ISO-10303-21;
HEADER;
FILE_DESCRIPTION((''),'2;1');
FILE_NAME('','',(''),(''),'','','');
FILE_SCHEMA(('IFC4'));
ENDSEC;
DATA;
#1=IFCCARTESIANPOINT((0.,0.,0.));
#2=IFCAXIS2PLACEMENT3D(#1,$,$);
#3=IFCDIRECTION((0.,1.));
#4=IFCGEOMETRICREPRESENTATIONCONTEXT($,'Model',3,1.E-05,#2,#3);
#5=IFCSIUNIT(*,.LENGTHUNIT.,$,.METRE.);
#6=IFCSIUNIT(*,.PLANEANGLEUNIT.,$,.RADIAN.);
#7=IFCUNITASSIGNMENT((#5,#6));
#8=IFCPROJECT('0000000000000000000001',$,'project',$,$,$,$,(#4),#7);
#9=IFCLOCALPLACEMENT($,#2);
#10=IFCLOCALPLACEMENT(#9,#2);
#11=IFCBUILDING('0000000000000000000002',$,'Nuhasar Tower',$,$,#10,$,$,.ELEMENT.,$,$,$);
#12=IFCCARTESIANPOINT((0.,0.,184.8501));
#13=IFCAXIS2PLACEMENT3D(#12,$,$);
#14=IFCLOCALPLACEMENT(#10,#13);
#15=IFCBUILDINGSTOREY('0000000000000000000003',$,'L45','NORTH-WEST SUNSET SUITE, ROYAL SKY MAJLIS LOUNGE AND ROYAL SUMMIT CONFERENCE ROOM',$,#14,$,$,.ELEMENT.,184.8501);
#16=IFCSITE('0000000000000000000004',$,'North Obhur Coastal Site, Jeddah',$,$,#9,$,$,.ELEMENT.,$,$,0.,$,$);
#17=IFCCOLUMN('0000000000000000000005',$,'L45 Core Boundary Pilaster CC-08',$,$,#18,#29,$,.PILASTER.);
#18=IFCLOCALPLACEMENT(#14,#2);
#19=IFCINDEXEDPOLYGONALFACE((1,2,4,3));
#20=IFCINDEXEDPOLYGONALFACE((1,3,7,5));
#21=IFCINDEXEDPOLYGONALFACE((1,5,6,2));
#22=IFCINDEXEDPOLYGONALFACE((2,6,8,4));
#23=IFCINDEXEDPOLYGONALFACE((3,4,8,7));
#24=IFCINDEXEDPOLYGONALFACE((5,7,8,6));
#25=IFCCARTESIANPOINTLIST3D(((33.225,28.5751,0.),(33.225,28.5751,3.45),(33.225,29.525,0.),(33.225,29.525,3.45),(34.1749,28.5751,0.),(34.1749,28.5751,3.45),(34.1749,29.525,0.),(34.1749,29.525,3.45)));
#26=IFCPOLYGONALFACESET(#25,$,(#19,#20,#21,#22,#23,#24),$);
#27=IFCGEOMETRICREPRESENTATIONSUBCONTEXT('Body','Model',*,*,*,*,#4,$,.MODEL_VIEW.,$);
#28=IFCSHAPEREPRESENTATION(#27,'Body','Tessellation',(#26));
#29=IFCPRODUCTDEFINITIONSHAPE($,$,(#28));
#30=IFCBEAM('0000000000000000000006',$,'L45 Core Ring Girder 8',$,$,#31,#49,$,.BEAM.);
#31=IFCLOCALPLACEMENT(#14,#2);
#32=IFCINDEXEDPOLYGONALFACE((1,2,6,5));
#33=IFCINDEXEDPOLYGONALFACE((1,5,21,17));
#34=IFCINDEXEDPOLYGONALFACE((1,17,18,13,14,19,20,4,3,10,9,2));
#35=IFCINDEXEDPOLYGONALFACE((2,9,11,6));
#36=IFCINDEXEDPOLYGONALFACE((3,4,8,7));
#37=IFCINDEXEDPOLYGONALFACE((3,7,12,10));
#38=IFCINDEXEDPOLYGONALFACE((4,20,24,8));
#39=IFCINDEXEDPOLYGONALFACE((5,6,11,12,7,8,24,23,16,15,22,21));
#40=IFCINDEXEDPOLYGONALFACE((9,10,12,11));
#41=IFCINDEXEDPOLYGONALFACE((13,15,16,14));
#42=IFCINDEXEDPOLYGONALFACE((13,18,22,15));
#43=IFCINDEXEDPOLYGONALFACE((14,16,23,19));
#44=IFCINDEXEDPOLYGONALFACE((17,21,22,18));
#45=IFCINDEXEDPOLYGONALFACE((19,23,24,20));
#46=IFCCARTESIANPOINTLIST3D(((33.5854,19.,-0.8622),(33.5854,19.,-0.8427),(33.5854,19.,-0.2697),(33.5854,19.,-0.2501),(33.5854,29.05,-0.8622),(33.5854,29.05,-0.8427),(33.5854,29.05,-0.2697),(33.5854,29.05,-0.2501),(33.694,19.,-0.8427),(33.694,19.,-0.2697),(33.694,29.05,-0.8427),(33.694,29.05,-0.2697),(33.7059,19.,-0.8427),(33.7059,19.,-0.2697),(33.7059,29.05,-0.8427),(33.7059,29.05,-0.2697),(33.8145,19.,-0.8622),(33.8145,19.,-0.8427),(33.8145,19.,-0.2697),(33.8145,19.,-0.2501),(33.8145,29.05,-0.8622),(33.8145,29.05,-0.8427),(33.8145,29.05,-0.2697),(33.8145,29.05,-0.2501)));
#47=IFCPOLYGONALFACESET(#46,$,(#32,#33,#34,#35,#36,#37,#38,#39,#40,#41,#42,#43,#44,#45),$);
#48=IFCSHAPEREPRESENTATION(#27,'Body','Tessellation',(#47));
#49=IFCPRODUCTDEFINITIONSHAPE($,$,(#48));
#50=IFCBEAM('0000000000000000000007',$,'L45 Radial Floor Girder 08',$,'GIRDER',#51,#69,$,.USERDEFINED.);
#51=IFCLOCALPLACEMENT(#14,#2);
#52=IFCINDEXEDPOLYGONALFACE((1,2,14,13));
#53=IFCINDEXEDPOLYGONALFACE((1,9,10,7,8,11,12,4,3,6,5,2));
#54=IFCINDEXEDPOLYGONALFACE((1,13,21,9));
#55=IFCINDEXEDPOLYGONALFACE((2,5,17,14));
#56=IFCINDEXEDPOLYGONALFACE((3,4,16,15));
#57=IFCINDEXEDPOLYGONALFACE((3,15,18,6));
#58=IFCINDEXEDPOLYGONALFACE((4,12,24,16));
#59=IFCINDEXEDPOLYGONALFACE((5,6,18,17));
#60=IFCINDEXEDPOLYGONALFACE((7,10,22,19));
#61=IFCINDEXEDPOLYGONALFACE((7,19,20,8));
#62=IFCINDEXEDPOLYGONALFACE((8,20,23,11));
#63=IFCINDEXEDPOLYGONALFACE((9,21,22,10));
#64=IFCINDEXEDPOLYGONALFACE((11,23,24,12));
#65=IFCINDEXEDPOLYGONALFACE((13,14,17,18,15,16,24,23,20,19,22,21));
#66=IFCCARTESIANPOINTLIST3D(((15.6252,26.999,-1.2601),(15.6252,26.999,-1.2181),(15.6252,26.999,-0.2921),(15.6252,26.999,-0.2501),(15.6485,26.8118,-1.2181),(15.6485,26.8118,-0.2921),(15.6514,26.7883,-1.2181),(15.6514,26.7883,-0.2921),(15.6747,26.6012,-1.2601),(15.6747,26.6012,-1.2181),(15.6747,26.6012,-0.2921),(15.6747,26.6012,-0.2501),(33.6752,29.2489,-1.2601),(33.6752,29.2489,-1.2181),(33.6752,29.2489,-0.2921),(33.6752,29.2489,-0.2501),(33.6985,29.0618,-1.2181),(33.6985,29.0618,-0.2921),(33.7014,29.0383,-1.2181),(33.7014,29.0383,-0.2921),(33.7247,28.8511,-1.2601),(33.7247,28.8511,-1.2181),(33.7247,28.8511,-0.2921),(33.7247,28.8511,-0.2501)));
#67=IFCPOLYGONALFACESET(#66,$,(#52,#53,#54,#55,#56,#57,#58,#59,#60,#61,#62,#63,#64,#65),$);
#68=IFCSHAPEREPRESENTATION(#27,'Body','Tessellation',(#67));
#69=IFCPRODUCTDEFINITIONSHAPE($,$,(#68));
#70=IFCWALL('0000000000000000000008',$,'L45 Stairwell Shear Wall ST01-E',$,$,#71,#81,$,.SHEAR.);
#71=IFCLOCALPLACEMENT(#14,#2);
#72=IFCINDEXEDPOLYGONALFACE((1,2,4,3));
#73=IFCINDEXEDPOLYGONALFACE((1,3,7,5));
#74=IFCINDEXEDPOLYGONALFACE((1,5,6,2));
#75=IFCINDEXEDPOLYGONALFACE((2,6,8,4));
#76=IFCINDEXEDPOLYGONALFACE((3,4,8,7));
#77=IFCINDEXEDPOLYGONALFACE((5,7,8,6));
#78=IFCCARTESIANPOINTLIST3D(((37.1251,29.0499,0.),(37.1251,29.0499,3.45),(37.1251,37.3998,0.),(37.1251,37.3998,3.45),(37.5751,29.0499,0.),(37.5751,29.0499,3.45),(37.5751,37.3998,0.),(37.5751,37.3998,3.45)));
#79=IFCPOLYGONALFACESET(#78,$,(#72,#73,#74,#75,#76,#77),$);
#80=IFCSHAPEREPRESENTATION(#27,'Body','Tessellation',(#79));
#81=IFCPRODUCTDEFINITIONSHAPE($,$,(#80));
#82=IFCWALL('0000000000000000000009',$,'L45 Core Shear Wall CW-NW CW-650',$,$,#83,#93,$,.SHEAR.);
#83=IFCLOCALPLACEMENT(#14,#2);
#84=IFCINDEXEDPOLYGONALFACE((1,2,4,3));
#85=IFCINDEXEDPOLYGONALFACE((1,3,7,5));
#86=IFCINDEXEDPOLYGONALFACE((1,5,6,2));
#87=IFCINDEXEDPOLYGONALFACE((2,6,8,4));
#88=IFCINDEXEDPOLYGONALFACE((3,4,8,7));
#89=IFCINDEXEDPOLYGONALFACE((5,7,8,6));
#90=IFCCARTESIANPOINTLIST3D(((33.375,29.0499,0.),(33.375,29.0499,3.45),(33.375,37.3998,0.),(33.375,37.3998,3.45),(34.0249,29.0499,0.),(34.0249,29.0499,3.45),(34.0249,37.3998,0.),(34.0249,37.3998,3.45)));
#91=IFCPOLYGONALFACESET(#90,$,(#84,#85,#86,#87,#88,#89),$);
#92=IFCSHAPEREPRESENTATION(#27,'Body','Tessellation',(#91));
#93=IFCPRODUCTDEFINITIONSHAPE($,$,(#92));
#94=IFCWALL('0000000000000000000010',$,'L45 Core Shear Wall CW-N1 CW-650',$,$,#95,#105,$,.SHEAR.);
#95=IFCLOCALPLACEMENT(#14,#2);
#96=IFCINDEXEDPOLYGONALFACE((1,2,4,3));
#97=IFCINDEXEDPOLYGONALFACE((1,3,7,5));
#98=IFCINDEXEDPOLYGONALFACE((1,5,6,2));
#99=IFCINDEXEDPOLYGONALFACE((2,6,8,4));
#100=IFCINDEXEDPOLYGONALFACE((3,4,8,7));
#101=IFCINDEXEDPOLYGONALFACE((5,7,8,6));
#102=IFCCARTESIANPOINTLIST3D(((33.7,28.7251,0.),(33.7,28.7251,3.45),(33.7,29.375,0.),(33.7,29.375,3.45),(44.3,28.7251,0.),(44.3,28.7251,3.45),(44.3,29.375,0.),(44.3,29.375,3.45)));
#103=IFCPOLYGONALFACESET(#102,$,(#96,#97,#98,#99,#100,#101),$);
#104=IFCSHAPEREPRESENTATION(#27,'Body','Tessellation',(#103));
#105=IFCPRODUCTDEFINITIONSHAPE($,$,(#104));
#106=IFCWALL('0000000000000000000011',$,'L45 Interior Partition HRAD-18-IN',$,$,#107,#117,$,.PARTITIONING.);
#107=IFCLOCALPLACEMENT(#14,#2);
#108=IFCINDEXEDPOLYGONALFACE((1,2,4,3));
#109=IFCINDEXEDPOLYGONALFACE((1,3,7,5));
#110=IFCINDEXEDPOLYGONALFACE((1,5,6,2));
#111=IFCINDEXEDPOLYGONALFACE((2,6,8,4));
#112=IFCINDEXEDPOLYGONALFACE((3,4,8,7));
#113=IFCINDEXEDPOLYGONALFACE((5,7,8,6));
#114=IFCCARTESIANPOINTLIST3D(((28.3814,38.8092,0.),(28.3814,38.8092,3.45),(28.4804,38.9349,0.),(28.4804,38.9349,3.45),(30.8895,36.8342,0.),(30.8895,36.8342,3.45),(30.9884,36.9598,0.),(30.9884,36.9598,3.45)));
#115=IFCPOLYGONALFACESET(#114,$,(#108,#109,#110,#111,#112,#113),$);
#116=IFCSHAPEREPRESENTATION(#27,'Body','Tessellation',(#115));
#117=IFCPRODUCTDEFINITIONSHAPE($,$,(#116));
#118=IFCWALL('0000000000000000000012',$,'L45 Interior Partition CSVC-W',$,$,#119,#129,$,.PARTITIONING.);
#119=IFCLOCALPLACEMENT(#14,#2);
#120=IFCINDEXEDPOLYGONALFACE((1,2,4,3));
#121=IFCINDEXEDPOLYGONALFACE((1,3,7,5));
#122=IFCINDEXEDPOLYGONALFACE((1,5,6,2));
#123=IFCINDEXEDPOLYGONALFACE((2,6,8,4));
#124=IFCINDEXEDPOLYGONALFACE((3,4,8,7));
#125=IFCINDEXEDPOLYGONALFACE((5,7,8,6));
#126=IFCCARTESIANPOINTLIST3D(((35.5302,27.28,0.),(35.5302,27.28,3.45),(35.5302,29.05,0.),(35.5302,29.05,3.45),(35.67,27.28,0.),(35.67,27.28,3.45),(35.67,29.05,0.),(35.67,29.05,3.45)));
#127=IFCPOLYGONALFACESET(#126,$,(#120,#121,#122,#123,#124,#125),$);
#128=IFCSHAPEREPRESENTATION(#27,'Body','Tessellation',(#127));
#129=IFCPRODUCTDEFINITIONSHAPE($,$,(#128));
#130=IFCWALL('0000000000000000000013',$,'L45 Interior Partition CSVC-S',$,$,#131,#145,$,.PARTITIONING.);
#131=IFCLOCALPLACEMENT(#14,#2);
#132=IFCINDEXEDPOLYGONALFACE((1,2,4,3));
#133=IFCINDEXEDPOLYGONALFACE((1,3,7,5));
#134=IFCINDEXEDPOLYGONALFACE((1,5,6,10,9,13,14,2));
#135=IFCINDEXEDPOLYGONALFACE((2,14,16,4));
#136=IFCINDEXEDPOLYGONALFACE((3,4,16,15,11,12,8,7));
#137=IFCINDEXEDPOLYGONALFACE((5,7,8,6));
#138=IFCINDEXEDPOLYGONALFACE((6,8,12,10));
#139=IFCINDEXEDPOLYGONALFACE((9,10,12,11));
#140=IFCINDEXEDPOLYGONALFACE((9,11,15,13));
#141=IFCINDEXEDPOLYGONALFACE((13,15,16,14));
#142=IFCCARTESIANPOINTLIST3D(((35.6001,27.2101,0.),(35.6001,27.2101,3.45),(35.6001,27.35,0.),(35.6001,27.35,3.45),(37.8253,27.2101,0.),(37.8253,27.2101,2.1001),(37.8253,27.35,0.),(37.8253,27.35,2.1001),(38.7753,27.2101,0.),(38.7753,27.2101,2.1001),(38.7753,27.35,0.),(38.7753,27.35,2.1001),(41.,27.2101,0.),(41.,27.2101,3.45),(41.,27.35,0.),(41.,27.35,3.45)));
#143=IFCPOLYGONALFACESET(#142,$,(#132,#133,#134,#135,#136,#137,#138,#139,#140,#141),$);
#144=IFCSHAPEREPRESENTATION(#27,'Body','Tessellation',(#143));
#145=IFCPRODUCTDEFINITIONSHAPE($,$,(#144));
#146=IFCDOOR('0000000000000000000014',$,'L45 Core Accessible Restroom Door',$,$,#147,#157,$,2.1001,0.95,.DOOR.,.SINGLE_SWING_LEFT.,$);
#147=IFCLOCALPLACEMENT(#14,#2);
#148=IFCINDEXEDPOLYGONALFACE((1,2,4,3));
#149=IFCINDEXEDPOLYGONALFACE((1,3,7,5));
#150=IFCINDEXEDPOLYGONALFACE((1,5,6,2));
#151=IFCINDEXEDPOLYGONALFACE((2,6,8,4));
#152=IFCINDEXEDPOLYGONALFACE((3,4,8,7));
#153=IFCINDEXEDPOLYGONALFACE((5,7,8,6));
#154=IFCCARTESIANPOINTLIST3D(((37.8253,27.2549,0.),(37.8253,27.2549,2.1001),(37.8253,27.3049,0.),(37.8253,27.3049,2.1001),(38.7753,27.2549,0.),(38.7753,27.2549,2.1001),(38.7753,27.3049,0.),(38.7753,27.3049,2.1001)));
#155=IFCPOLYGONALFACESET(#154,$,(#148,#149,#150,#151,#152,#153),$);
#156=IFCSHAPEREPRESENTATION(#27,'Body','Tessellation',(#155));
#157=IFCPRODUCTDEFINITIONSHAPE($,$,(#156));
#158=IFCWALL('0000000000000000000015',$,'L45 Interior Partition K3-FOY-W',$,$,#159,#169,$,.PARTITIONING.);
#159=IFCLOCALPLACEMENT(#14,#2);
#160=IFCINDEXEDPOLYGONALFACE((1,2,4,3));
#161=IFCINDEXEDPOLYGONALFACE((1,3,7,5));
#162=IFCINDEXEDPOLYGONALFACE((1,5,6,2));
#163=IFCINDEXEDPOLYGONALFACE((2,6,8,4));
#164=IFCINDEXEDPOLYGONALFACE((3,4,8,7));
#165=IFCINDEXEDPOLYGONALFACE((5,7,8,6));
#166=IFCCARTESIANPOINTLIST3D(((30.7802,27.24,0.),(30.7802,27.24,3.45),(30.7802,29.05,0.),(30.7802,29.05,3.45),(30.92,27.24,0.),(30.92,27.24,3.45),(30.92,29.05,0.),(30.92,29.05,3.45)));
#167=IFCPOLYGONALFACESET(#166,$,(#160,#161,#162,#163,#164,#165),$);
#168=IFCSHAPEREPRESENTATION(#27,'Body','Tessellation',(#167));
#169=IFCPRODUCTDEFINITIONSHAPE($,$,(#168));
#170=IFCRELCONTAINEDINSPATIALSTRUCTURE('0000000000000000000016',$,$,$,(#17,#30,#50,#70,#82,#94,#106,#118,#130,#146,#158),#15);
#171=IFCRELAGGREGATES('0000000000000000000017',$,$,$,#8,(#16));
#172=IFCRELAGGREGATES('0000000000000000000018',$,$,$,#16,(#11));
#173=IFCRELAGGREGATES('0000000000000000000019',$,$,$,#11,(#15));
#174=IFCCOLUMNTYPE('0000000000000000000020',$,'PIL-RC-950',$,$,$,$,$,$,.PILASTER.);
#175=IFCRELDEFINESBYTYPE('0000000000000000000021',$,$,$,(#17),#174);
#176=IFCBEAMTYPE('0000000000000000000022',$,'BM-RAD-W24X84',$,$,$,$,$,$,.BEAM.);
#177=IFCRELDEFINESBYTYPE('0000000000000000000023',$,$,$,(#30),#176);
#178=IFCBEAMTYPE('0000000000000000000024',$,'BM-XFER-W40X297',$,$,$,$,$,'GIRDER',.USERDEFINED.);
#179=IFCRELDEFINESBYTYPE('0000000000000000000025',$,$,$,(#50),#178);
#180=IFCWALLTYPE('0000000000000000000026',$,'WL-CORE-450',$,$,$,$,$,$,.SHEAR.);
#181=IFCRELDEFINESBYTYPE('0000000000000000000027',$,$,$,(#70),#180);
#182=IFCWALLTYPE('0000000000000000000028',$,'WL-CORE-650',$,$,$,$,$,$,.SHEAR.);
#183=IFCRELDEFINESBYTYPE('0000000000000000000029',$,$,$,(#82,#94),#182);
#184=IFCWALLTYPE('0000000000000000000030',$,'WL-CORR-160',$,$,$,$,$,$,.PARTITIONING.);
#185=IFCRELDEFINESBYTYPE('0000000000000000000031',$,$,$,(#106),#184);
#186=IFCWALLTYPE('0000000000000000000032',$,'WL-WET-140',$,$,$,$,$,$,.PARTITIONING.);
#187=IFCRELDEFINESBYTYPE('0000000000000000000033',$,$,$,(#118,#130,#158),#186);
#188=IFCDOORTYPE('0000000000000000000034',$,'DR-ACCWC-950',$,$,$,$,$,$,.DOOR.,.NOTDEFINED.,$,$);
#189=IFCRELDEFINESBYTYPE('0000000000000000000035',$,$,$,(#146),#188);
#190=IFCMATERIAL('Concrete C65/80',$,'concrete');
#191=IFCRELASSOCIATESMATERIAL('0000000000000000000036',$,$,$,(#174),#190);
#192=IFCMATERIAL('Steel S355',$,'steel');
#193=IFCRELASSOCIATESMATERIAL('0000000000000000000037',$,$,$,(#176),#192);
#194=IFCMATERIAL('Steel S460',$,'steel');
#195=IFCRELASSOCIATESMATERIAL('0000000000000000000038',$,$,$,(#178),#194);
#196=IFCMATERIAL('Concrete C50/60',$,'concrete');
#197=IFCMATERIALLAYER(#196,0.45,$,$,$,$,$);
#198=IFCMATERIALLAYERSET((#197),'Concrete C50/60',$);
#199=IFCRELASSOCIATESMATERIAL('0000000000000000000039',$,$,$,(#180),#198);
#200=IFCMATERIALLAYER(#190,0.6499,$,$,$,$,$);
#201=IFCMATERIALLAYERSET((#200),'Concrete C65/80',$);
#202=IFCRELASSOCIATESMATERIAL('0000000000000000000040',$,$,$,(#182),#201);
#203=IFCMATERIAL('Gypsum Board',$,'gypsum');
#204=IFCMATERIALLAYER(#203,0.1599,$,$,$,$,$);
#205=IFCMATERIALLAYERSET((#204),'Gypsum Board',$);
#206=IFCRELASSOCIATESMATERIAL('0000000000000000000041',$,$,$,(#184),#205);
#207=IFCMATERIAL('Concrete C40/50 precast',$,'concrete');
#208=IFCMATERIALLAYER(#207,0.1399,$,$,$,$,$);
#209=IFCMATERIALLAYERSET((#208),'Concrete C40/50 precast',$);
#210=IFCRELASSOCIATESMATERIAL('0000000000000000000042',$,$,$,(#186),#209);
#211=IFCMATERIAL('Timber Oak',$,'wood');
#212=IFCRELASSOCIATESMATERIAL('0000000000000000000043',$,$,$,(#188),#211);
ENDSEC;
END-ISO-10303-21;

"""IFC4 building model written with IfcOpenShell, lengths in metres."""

from ifc_helpers import new_model, si_unit, direction, frame, frame_2d, origin, origin_2d, place, context, subcontext, project, spatial, rectangle, i_section, extrude, material, layer, layer_set, material_profile, profile_set, type_object, element, fill, save


model = new_model("IFC4")

# Units and contexts
model_context = context("Model", 3, precision=1e-05, world=origin(), true_north=direction((0.0, 1.0)))
body_context = subcontext(model_context, "Body", "Model", "MODEL_VIEW")
ifc_project = project(units=[si_unit("LENGTHUNIT", "METRE"), si_unit("PLANEANGLEUNIT", "RADIAN")], contexts=[model_context])

# Site, building, storey
site_placement = place(None, origin())
site = spatial("IfcSite", under=ifc_project, at=site_placement, Name="North Obhur Coastal Site, Jeddah", CompositionType="ELEMENT", RefElevation=0.0)
building_placement = place(site_placement, origin())
building = spatial("IfcBuilding", under=site, at=building_placement, Name="Nuhasar Tower", CompositionType="ELEMENT")
storey_placement = place(building_placement, frame((0.0, 0.0, 184.8501)))
storey = spatial("IfcBuildingStorey", under=building, at=storey_placement, Name="L45", Description="NORTH-WEST SUNSET SUITE, ROYAL SKY MAJLIS LOUNGE AND ROYAL SUMMIT CONFERENCE ROOM", CompositionType="ELEMENT", Elevation=184.8501)

# Column
ifc_material_1 = material(Name="Concrete C65/80", Category="concrete")
ifc_material_profile_1 = material_profile(ifc_material_1, rectangle(XDim=0.95, YDim=0.95, at=origin_2d()), Name="RC950X950")
ifc_profile_set_1 = profile_set([ifc_material_profile_1], Name="Concrete C65/80")
column_type = type_object("IfcColumnType", Name="PIL-RC-950", PredefinedType="PILASTER", material=ifc_profile_set_1)
column_placement = place(storey_placement, frame((33.7, 29.05, 0.0), z_axis=(0.0, 0.0, 1.0), x_axis=(1.0, 0.0, 0.0)))
element("IfcColumn", 1, at=column_placement, inside=storey, type_object=column_type, Name="L45 Core Boundary Pilaster CC-08", PredefinedType="PILASTER", context=body_context, shape_type="SweptSolid", body=[
    extrude(rectangle(XDim=0.95, YDim=0.95, at=origin_2d()), origin(), (0.0, 0.0, 1.0), 3.45),
])

# Beams
ifc_material_2 = material(Name="Steel S355", Category="steel")
ifc_material_profile_2 = material_profile(ifc_material_2, i_section(OverallWidth=0.229, OverallDepth=0.6121, WebThickness=0.012, FlangeThickness=0.0195, at=origin_2d()), Name="W24X84")
ifc_profile_set_2 = profile_set([ifc_material_profile_2], Name="Steel S355")
beam_type_1 = type_object("IfcBeamType", Name="BM-RAD-W24X84", PredefinedType="BEAM", material=ifc_profile_set_2)
beam_1_placement = place(storey_placement, frame((33.7, 29.05, -0.5562), z_axis=(0.0, -1.0, 0.0), x_axis=(1.0, 0.0, 0.0)))
element("IfcBeam", 2, at=beam_1_placement, inside=storey, type_object=beam_type_1, Name="L45 Core Ring Girder 8", PredefinedType="BEAM", context=body_context, shape_type="SweptSolid", body=[
    extrude(i_section(OverallWidth=0.229, OverallDepth=0.6121, WebThickness=0.012, FlangeThickness=0.0195, at=origin_2d()), origin(), (0.0, 0.0, 1.0), 10.05),
])
ifc_material_3 = material(Name="Steel S460", Category="steel")
ifc_material_profile_3 = material_profile(ifc_material_3, i_section(OverallWidth=0.4009, OverallDepth=1.01, WebThickness=0.0237, FlangeThickness=0.042, at=origin_2d()), Name="W40X297")
ifc_profile_set_3 = profile_set([ifc_material_profile_3], Name="Steel S460")
beam_type_2 = type_object("IfcBeamType", Name="BM-XFER-W40X297", ElementType="GIRDER", PredefinedType="USERDEFINED", material=ifc_profile_set_3)
beam_2_placement = place(storey_placement, frame((33.7, 29.05, -0.7551), z_axis=(-0.99232, -0.123696, 0.0), x_axis=(0.123696, -0.99232, 0.0)))
element("IfcBeam", 3, at=beam_2_placement, inside=storey, type_object=beam_type_2, Name="L45 Radial Floor Girder 08", ObjectType="GIRDER", PredefinedType="USERDEFINED", context=body_context, shape_type="SweptSolid", body=[
    extrude(i_section(OverallWidth=0.4009, OverallDepth=1.01, WebThickness=0.0237, FlangeThickness=0.042, at=origin_2d()), origin(), (0.0, 0.0, 1.0), 18.1897),
])

# Walls
ifc_material_4 = material(Name="Concrete C50/60", Category="concrete")
ifc_layer_1 = layer(ifc_material_4, 0.45)
ifc_layer_set_1 = layer_set([ifc_layer_1], Name="Concrete C50/60")
wall_type_1 = type_object("IfcWallType", Name="WL-CORE-450", PredefinedType="SHEAR", material=ifc_layer_set_1)
wall_1_placement = place(storey_placement, frame((37.3501, 29.05, 0.0), z_axis=(0.0, 0.0, 1.0), x_axis=(0.0, 1.0, 0.0)))
element("IfcWall", 4, at=wall_1_placement, inside=storey, type_object=wall_type_1, Name="L45 Stairwell Shear Wall ST01-E", PredefinedType="SHEAR", context=body_context, shape_type="SweptSolid", body=[
    extrude(rectangle(XDim=8.3499, YDim=0.45, at=frame_2d((4.1748, 0.0))), origin(), (0.0, 0.0, 1.0), 3.45),
])
ifc_layer_2 = layer(ifc_material_1, 0.6499)
ifc_layer_set_2 = layer_set([ifc_layer_2], Name="Concrete C65/80")
wall_type_2 = type_object("IfcWallType", Name="WL-CORE-650", PredefinedType="SHEAR", material=ifc_layer_set_2)
wall_2_placement = place(storey_placement, frame((33.7, 29.05, 0.0), z_axis=(0.0, 0.0, 1.0), x_axis=(0.0, 1.0, 0.0)))
element("IfcWall", 5, at=wall_2_placement, inside=storey, type_object=wall_type_2, Name="L45 Core Shear Wall CW-NW CW-650", PredefinedType="SHEAR", context=body_context, shape_type="SweptSolid", body=[
    extrude(rectangle(XDim=8.3499, YDim=0.6499, at=frame_2d((4.1748, 0.0))), origin(), (0.0, 0.0, 1.0), 3.45),
])
wall_3_placement = place(storey_placement, frame((33.7, 29.05, 0.0), z_axis=(0.0, 0.0, 1.0), x_axis=(1.0, 0.0, 0.0)))
element("IfcWall", 6, at=wall_3_placement, inside=storey, type_object=wall_type_2, Name="L45 Core Shear Wall CW-N1 CW-650", PredefinedType="SHEAR", context=body_context, shape_type="SweptSolid", body=[
    extrude(rectangle(XDim=10.6001, YDim=0.6499, at=frame_2d((5.3, 0.0))), origin(), (0.0, 0.0, 1.0), 3.45),
])
ifc_material_5 = material(Name="Gypsum Board", Category="gypsum")
ifc_layer_3 = layer(ifc_material_5, 0.1599)
ifc_layer_set_3 = layer_set([ifc_layer_3], Name="Gypsum Board")
wall_type_3 = type_object("IfcWallType", Name="WL-CORR-160", PredefinedType="PARTITIONING", material=ifc_layer_set_3)
wall_4_placement = place(storey_placement, frame((30.939, 36.897, 0.0), z_axis=(0.0, 0.0, 1.0), x_axis=(-0.785636, 0.618689, 0.0)))
element("IfcWall", 7, at=wall_4_placement, inside=storey, type_object=wall_type_3, Name="L45 Interior Partition HRAD-18-IN", PredefinedType="PARTITIONING", context=body_context, shape_type="SweptSolid", body=[
    extrude(rectangle(XDim=3.1924, YDim=0.1599, at=frame_2d((1.5962, 0.0))), origin(), (0.0, 0.0, 1.0), 3.45),
])
ifc_material_6 = material(Name="Concrete C40/50 precast", Category="concrete")
ifc_layer_4 = layer(ifc_material_6, 0.1399)
ifc_layer_set_4 = layer_set([ifc_layer_4], Name="Concrete C40/50 precast")
wall_type_4 = type_object("IfcWallType", Name="WL-WET-140", PredefinedType="PARTITIONING", material=ifc_layer_set_4)
wall_5_placement = place(storey_placement, frame((35.6001, 27.28, 0.0), z_axis=(0.0, 0.0, 1.0), x_axis=(0.0, 1.0, 0.0)))
element("IfcWall", 8, at=wall_5_placement, inside=storey, type_object=wall_type_4, Name="L45 Interior Partition CSVC-W", PredefinedType="PARTITIONING", context=body_context, shape_type="SweptSolid", body=[
    extrude(rectangle(XDim=1.77, YDim=0.1399, at=frame_2d((0.885, 0.0))), origin(), (0.0, 0.0, 1.0), 3.45),
])

# Wall, opening, door
wall_6_placement = place(storey_placement, frame((35.6001, 27.28, 0.0), z_axis=(0.0, 0.0, 1.0), x_axis=(1.0, 0.0, 0.0)))
wall_6 = element("IfcWall", 9, at=wall_6_placement, inside=storey, type_object=wall_type_4, Name="L45 Interior Partition CSVC-S", PredefinedType="PARTITIONING", context=body_context, shape_type="SweptSolid", body=[
    extrude(rectangle(XDim=5.3999, YDim=0.1399, at=frame_2d((2.7, 0.0))), origin(), (0.0, 0.0, 1.0), 3.45),
])
opening_1_placement = place(wall_6_placement, frame((2.2251, 0.0, 0.0)))
opening_1 = element("IfcOpeningElement", 10, at=opening_1_placement, cuts=wall_6, PredefinedType="OPENING", context=body_context, shape_type="SweptSolid", body=[
    extrude(rectangle(XDim=0.95, YDim=2.1001, at=frame_2d((0.4751, 1.05))), frame((0.0, 0.0801, 0.0), z_axis=(0.0, -1.0, 0.0), x_axis=(1.0, 0.0, 0.0)), (0.0, 0.0, 1.0), 0.1599),
])
ifc_material_7 = material(Name="Timber Oak", Category="wood")
door_type_1 = type_object("IfcDoorType", Name="DR-ACCWC-950", OperationType="NOTDEFINED", PredefinedType="DOOR", material=ifc_material_7)
door_1_placement = place(opening_1_placement, origin())
door_1 = element("IfcDoor", 11, at=door_1_placement, inside=storey, type_object=door_type_1, Name="L45 Core Accessible Restroom Door", OperationType="SINGLE_SWING_LEFT", OverallHeight=2.1001, OverallWidth=0.95, PredefinedType="DOOR", context=body_context, shape_type="SweptSolid", body=[
    extrude(rectangle(XDim=0.95, YDim=2.1001, at=frame_2d((0.4751, 1.05))), frame((0.0, 0.0249, 0.0), z_axis=(0.0, -1.0, 0.0), x_axis=(1.0, 0.0, 0.0)), (0.0, 0.0, 1.0), 0.05),
])
fill(opening_1, door_1)

# Wall
wall_7_placement = place(storey_placement, frame((30.8501, 27.24, 0.0), z_axis=(0.0, 0.0, 1.0), x_axis=(0.0, 1.0, 0.0)))
element("IfcWall", 12, at=wall_7_placement, inside=storey, type_object=wall_type_4, Name="L45 Interior Partition K3-FOY-W", PredefinedType="PARTITIONING", context=body_context, shape_type="SweptSolid", body=[
    extrude(rectangle(XDim=1.8101, YDim=0.1399, at=frame_2d((0.905, 0.0))), origin(), (0.0, 0.0, 1.0), 3.45),
])

save(model, "model.ifc")
